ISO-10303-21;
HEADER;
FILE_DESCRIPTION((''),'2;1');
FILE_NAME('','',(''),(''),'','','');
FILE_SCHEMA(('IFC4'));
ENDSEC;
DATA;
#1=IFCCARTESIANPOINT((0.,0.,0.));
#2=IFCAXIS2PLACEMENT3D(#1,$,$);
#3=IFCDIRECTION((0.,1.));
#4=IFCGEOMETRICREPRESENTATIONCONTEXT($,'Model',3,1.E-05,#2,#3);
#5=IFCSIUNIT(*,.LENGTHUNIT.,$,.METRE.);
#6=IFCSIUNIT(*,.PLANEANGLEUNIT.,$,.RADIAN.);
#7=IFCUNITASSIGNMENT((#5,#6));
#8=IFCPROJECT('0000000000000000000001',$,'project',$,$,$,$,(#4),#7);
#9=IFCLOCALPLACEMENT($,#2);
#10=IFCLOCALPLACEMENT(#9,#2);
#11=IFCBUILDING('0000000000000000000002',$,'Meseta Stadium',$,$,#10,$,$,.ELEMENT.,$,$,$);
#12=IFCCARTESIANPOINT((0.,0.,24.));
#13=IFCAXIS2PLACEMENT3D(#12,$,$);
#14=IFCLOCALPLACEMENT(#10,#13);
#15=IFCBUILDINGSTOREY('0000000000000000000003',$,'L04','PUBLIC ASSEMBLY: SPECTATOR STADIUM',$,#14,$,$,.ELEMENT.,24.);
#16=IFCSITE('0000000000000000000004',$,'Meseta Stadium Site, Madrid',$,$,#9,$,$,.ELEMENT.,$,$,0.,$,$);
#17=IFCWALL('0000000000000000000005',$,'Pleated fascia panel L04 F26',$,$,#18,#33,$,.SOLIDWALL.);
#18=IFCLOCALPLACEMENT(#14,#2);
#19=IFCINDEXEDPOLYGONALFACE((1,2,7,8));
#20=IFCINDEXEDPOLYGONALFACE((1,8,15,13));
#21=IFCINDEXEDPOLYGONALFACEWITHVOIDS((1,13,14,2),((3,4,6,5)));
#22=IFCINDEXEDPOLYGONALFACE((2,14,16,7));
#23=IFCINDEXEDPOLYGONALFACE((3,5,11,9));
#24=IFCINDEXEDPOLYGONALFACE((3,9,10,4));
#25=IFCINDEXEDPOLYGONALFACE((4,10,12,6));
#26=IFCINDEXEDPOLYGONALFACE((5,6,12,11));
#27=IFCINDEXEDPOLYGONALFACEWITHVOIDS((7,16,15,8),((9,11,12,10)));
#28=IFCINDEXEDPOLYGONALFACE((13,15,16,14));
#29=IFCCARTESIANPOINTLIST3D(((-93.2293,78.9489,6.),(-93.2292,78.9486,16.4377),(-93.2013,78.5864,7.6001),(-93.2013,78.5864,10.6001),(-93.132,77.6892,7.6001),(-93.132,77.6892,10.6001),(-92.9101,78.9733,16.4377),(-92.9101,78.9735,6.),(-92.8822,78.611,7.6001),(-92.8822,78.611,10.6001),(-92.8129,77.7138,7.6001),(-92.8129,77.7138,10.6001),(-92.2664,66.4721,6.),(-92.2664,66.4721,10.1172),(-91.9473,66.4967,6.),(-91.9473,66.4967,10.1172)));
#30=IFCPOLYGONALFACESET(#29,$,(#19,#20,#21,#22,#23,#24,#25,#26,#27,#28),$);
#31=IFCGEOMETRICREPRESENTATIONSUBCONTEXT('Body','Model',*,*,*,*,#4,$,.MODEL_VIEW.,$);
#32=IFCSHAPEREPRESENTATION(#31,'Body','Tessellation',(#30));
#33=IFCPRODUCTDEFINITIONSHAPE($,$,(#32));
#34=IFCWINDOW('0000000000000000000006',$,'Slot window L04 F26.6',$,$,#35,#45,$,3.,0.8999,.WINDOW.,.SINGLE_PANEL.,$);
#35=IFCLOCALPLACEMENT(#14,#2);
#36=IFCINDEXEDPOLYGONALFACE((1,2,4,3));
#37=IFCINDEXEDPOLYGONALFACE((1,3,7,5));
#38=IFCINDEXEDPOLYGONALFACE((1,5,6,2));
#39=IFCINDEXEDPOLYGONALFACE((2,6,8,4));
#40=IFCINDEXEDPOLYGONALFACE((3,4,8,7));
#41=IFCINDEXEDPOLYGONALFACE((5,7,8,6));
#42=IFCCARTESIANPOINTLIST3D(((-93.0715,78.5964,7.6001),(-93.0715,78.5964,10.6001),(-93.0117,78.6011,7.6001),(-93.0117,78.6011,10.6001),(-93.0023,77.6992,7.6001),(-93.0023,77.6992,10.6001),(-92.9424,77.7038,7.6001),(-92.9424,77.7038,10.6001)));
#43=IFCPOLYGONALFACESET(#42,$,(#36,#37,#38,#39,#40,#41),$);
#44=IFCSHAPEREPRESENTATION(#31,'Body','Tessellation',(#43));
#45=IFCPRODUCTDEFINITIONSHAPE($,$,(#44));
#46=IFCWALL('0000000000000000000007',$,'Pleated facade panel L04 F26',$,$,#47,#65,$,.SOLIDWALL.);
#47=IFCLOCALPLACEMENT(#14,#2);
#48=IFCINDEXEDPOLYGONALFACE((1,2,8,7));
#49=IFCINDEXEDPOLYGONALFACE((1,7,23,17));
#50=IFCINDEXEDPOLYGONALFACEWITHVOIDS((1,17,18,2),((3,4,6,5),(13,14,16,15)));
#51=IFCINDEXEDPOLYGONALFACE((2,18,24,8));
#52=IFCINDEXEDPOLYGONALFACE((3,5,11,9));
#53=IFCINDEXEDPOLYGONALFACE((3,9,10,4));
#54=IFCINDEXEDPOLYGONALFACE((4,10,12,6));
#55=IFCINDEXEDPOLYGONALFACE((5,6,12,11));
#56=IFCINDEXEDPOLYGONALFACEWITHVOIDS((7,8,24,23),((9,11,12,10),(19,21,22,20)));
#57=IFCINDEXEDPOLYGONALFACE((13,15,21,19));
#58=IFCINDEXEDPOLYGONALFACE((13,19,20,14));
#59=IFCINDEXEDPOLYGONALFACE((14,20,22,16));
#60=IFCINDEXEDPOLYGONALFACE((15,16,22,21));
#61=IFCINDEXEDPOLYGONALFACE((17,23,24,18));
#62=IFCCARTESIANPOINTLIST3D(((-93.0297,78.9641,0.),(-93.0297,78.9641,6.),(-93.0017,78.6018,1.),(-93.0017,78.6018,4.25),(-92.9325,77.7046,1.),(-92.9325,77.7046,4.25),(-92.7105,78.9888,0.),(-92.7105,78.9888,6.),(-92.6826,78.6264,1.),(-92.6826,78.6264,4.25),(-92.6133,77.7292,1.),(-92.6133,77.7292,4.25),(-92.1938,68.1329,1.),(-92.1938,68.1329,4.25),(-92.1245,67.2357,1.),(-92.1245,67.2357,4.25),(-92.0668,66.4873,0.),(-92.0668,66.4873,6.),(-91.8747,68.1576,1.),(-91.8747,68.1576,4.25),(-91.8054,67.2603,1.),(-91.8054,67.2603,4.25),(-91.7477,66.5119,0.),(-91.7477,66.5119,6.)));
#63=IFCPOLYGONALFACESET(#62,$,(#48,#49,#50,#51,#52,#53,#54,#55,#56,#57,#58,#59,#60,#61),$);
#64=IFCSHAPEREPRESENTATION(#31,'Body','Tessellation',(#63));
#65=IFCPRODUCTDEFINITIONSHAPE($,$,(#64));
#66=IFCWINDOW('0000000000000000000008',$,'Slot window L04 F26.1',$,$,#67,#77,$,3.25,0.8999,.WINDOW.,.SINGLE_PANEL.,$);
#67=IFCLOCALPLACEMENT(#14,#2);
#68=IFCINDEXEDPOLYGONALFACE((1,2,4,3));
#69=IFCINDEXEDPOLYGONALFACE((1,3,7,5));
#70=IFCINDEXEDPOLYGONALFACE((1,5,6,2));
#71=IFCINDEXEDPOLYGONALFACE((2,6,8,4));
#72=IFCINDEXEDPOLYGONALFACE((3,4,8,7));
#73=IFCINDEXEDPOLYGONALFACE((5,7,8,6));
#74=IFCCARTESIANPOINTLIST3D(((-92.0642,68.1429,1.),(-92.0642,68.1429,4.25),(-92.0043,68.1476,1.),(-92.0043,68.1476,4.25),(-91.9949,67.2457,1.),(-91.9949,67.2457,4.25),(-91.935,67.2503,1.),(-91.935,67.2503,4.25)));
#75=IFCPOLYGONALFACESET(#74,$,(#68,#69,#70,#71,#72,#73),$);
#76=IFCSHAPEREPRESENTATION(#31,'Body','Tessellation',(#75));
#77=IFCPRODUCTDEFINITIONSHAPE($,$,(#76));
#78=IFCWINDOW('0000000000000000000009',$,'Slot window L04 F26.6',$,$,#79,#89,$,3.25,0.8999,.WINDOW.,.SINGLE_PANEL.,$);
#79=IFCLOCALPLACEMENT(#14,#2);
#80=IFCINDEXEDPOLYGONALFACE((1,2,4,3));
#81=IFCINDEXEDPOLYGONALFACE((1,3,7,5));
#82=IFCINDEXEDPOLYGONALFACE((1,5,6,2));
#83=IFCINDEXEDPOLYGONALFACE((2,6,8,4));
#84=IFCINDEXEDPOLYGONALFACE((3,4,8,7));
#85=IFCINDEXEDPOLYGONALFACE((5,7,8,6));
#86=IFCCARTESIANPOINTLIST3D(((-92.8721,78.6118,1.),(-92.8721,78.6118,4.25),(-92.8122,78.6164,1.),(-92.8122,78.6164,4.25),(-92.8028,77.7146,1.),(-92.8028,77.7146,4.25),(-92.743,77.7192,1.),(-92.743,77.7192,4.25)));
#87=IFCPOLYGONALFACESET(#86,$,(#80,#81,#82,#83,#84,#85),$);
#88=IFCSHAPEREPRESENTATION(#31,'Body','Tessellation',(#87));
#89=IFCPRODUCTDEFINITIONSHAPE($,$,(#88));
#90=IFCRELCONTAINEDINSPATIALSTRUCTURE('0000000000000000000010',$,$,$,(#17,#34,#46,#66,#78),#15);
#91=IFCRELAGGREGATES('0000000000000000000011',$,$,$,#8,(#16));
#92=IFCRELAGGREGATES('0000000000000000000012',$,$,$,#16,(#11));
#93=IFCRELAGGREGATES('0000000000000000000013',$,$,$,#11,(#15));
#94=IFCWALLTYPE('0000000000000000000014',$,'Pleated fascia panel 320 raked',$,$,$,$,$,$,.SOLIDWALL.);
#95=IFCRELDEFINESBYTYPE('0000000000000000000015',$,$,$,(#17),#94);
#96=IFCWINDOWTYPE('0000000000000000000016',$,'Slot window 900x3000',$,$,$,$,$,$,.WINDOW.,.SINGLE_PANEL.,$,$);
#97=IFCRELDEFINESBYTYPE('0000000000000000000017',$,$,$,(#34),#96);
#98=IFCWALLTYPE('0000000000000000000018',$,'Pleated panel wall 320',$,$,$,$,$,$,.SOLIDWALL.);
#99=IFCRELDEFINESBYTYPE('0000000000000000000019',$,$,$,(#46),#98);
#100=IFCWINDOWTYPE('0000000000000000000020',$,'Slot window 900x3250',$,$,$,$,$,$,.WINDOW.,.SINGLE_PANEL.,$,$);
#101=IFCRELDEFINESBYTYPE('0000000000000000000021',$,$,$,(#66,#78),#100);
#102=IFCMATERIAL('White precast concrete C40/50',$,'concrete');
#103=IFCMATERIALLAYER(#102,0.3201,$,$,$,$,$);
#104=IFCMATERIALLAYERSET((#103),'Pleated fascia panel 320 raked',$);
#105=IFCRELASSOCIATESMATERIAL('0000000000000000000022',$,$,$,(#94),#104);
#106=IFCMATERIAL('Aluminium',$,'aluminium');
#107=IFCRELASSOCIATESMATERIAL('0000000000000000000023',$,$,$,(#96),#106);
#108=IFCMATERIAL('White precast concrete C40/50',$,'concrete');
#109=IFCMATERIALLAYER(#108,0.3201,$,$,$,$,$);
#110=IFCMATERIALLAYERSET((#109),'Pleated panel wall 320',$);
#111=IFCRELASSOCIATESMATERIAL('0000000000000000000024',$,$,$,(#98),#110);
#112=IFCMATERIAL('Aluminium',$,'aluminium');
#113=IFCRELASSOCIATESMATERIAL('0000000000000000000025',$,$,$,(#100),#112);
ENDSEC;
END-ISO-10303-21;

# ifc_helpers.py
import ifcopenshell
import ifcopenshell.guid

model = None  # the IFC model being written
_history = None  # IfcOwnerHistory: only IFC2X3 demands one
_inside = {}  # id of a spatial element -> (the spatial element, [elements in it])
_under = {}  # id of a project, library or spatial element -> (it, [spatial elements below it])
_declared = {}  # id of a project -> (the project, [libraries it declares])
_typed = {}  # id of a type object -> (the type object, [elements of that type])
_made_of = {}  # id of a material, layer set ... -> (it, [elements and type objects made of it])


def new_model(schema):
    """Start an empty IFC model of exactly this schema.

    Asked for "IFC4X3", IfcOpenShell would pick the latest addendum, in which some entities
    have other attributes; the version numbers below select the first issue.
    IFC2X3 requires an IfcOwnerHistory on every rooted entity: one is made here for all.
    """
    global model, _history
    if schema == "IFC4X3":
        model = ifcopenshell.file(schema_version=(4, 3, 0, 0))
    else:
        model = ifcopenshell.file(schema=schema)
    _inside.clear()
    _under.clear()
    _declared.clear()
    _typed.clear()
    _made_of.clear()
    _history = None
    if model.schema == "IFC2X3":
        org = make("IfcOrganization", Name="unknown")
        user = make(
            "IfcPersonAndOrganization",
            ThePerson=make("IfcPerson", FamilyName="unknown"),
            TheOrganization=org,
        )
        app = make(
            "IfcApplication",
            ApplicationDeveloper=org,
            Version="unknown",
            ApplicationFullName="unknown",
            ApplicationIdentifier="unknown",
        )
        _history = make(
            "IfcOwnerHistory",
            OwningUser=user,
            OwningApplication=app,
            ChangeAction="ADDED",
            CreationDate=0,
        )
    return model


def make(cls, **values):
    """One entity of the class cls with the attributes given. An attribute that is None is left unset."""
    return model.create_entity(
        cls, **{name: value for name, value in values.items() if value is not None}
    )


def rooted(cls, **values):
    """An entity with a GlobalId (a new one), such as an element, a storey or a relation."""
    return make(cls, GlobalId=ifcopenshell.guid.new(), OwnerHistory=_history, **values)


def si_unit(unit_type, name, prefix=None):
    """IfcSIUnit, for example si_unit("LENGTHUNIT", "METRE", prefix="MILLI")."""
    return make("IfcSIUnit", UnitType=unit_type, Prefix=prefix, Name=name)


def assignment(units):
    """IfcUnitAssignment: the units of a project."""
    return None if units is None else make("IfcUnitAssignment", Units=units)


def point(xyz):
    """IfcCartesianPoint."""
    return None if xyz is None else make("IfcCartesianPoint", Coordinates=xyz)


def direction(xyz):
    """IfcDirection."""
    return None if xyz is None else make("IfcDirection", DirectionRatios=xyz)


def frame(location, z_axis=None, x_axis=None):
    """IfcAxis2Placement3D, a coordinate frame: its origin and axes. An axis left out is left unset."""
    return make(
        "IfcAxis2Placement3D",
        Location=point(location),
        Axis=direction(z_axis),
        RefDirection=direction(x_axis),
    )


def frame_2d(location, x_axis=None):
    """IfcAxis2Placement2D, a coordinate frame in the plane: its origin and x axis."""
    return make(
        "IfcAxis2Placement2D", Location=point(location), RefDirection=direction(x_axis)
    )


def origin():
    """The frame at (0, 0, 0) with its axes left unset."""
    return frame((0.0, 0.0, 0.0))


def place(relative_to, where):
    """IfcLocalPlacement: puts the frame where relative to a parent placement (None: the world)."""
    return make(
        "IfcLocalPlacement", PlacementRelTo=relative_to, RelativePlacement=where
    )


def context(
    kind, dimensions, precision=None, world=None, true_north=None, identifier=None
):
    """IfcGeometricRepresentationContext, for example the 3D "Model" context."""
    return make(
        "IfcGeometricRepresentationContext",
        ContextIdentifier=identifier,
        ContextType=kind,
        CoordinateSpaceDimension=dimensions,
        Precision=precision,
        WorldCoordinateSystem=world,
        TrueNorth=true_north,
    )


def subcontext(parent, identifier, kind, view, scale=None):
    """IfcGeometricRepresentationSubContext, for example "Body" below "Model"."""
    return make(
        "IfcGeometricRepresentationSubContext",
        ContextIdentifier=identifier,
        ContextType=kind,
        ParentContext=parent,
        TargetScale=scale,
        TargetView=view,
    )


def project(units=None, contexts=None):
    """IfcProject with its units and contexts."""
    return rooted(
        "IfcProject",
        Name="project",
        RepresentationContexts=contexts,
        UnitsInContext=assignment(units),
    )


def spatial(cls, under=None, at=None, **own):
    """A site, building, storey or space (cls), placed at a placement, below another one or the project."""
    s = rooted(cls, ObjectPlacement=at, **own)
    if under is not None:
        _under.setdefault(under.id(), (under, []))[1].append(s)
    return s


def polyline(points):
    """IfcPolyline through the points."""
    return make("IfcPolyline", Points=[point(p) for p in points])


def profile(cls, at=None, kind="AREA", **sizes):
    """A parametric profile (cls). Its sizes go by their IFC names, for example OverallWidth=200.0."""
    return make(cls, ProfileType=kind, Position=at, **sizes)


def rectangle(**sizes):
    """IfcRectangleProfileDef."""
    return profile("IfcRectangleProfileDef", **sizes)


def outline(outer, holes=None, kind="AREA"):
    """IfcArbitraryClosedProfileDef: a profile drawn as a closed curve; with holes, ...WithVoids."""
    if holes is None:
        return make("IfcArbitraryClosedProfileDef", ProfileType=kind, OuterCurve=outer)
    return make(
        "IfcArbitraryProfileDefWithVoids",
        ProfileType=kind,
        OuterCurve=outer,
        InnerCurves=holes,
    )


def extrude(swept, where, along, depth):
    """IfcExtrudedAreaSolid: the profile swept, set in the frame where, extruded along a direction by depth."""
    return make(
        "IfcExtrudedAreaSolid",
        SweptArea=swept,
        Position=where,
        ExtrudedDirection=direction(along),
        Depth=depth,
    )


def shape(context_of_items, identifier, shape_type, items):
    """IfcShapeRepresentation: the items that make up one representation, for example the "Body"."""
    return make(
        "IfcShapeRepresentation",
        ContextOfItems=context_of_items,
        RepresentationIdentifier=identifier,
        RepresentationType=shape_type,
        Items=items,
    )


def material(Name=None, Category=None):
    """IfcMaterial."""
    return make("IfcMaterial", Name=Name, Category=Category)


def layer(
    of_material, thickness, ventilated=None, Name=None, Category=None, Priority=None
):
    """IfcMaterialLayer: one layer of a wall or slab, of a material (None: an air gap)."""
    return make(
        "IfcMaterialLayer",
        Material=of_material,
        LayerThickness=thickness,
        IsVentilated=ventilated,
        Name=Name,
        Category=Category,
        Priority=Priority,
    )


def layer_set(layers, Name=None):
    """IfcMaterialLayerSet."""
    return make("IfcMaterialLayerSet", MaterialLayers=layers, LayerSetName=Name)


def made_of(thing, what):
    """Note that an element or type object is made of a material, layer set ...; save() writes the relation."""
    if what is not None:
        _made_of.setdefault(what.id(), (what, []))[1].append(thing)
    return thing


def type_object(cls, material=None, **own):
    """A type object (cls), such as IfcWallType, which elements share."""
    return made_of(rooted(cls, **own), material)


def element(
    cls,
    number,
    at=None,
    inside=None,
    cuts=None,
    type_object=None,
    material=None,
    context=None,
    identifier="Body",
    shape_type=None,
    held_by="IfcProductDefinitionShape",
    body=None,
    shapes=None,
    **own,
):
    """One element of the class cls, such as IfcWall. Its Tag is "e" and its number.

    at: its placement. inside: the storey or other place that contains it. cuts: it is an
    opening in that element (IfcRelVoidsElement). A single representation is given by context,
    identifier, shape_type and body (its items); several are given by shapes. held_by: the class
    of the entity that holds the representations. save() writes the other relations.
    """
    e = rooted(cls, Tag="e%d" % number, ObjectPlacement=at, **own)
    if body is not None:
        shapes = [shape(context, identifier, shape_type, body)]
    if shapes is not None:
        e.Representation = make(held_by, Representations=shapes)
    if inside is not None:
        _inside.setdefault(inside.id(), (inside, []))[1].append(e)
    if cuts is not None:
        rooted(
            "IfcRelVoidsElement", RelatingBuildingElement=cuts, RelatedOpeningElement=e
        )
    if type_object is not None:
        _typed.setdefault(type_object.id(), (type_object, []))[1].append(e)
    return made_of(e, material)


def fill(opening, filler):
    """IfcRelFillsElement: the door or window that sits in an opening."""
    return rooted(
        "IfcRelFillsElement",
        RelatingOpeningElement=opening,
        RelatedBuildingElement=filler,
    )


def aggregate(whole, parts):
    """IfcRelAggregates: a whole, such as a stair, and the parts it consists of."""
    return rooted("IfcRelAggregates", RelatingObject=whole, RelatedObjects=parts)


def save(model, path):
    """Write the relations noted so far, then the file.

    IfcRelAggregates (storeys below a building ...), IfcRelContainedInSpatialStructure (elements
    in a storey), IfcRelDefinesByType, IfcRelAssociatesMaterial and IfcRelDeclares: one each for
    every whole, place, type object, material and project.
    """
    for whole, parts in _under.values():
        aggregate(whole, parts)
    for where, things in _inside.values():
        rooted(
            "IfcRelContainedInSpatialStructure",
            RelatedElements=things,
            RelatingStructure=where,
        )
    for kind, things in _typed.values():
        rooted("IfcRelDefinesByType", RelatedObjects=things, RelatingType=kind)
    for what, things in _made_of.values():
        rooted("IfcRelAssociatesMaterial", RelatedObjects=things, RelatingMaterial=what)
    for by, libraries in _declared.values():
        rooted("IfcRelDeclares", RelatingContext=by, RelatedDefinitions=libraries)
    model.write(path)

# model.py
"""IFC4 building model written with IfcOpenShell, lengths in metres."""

from ifc_helpers import new_model, si_unit, direction, frame, frame_2d, origin, place, context, subcontext, project, spatial, polyline, rectangle, outline, extrude, material, layer, layer_set, type_object, element, fill, save


model = new_model("IFC4")

# Units and contexts
model_context = context("Model", 3, precision=1e-05, world=origin(), true_north=direction((0.0, 1.0)))
body_context = subcontext(model_context, "Body", "Model", "MODEL_VIEW")
ifc_project = project(units=[si_unit("LENGTHUNIT", "METRE"), si_unit("PLANEANGLEUNIT", "RADIAN")], contexts=[model_context])

# Site, building, storey
site_placement = place(None, origin())
site = spatial("IfcSite", under=ifc_project, at=site_placement, Name="Meseta Stadium Site, Madrid", CompositionType="ELEMENT", RefElevation=0.0)
building_placement = place(site_placement, origin())
building = spatial("IfcBuilding", under=site, at=building_placement, Name="Meseta Stadium", CompositionType="ELEMENT")
storey_placement = place(building_placement, frame((0.0, 0.0, 24.0)))
storey = spatial("IfcBuildingStorey", under=building, at=storey_placement, Name="L04", Description="PUBLIC ASSEMBLY: SPECTATOR STADIUM", CompositionType="ELEMENT", Elevation=24.0)

# Wall, opening, window
ifc_material_1 = material(Name="White precast concrete C40/50", Category="concrete")
ifc_layer_1 = layer(ifc_material_1, 0.3201)
ifc_layer_set_1 = layer_set([ifc_layer_1], Name="Pleated fascia panel 320 raked")
wall_type_1 = type_object("IfcWallType", Name="Pleated fascia panel 320 raked", PredefinedType="SOLIDWALL", material=ifc_layer_set_1)
wall_1_placement = place(storey_placement, frame((-92.1067, 66.4844, 6.0), z_axis=(0.0, 0.0, 1.0), x_axis=(-0.076946, 0.997035, 0.0)))
wall_1 = element("IfcWall", 1, at=wall_1_placement, inside=storey, type_object=wall_type_1, Name="Pleated fascia panel L04 F26", PredefinedType="SOLIDWALL", context=body_context, shape_type="SweptSolid", body=[
    extrude(outline(polyline([(0.0, 0.0), (12.5139, 0.0), (12.5137, 10.4377), (0.0, 4.1172), (0.0, 0.0)])), frame((0.0, 0.1602, 0.0), z_axis=(0.0, -1.0, 0.0), x_axis=(1.0, 0.0, 0.0)), (0.0, 0.0, 1.0), 0.3201),
])
opening_1_placement = place(wall_1_placement, frame((11.2505, 0.0, 1.6001)))
opening_1 = element("IfcOpeningElement", 2, at=opening_1_placement, cuts=wall_1, PredefinedType="OPENING", context=body_context, shape_type="SweptSolid", body=[
    extrude(rectangle(XDim=0.8999, YDim=3.0, at=frame_2d((0.45, 1.5))), frame((0.0, 0.1699, 0.0), z_axis=(0.0, -1.0, 0.0), x_axis=(1.0, 0.0, 0.0)), (0.0, 0.0, 1.0), 0.3401),
])
ifc_material_2 = material(Name="Aluminium", Category="aluminium")
window_type_1 = type_object("IfcWindowType", Name="Slot window 900x3000", PartitioningType="SINGLE_PANEL", PredefinedType="WINDOW", material=ifc_material_2)
window_1_placement = place(opening_1_placement, origin())
window_1 = element("IfcWindow", 3, at=window_1_placement, inside=storey, type_object=window_type_1, Name="Slot window L04 F26.6", OverallHeight=3.0, OverallWidth=0.8999, PartitioningType="SINGLE_PANEL", PredefinedType="WINDOW", context=body_context, shape_type="SweptSolid", body=[
    extrude(rectangle(XDim=0.8999, YDim=3.0, at=frame_2d((0.45, 1.5))), frame((0.0, 0.03, 0.0), z_axis=(0.0, -1.0, 0.0), x_axis=(1.0, 0.0, 0.0)), (0.0, 0.0, 1.0), 0.0601),
])
fill(opening_1, window_1)

# Wall, openings, windows
ifc_material_3 = material(Name="White precast concrete C40/50", Category="concrete")
ifc_layer_2 = layer(ifc_material_3, 0.3201)
ifc_layer_set_2 = layer_set([ifc_layer_2], Name="Pleated panel wall 320")
wall_type_2 = type_object("IfcWallType", Name="Pleated panel wall 320", PredefinedType="SOLIDWALL", material=ifc_layer_set_2)
wall_2_placement = place(storey_placement, frame((-91.9072, 66.4998, 0.0), z_axis=(0.0, 0.0, 1.0), x_axis=(-0.076946, 0.997035, 0.0)))
wall_2 = element("IfcWall", 4, at=wall_2_placement, inside=storey, type_object=wall_type_2, Name="Pleated facade panel L04 F26", PredefinedType="SOLIDWALL", context=body_context, shape_type="SweptSolid", body=[
    extrude(rectangle(XDim=12.5139, YDim=0.3201, at=frame_2d((6.2568, 0.0))), origin(), (0.0, 0.0, 1.0), 6.0),
])
opening_2_placement = place(wall_2_placement, frame((0.7505, 0.0, 1.0)))
opening_2 = element("IfcOpeningElement", 5, at=opening_2_placement, cuts=wall_2, PredefinedType="OPENING", context=body_context, shape_type="SweptSolid", body=[
    extrude(rectangle(XDim=0.8999, YDim=3.25, at=frame_2d((0.45, 1.625))), frame((0.0, 0.1699, 0.0), z_axis=(0.0, -1.0, 0.0), x_axis=(1.0, 0.0, 0.0)), (0.0, 0.0, 1.0), 0.3401),
])
opening_3_placement = place(wall_2_placement, frame((11.2505, 0.0, 1.0)))
opening_3 = element("IfcOpeningElement", 6, at=opening_3_placement, cuts=wall_2, PredefinedType="OPENING", context=body_context, shape_type="SweptSolid", body=[
    extrude(rectangle(XDim=0.8999, YDim=3.25, at=frame_2d((0.45, 1.625))), frame((0.0, 0.1699, 0.0), z_axis=(0.0, -1.0, 0.0), x_axis=(1.0, 0.0, 0.0)), (0.0, 0.0, 1.0), 0.3401),
])
ifc_material_4 = material(Name="Aluminium", Category="aluminium")
window_type_2 = type_object("IfcWindowType", Name="Slot window 900x3250", PartitioningType="SINGLE_PANEL", PredefinedType="WINDOW", material=ifc_material_4)
window_2_placement = place(opening_2_placement, origin())
window_2 = element("IfcWindow", 7, at=window_2_placement, inside=storey, type_object=window_type_2, Name="Slot window L04 F26.1", OverallHeight=3.25, OverallWidth=0.8999, PartitioningType="SINGLE_PANEL", PredefinedType="WINDOW", context=body_context, shape_type="SweptSolid", body=[
    extrude(rectangle(XDim=0.8999, YDim=3.25, at=frame_2d((0.45, 1.625))), frame((0.0, 0.03, 0.0), z_axis=(0.0, -1.0, 0.0), x_axis=(1.0, 0.0, 0.0)), (0.0, 0.0, 1.0), 0.0601),
])
fill(opening_2, window_2)
window_3_placement = place(opening_3_placement, origin())
window_3 = element("IfcWindow", 8, at=window_3_placement, inside=storey, type_object=window_type_2, Name="Slot window L04 F26.6", OverallHeight=3.25, OverallWidth=0.8999, PartitioningType="SINGLE_PANEL", PredefinedType="WINDOW", context=body_context, shape_type="SweptSolid", body=[
    extrude(rectangle(XDim=0.8999, YDim=3.25, at=frame_2d((0.45, 1.625))), frame((0.0, 0.03, 0.0), z_axis=(0.0, -1.0, 0.0), x_axis=(1.0, 0.0, 0.0)), (0.0, 0.0, 1.0), 0.0601),
])
fill(opening_3, window_3)

save(model, "model.ifc")
